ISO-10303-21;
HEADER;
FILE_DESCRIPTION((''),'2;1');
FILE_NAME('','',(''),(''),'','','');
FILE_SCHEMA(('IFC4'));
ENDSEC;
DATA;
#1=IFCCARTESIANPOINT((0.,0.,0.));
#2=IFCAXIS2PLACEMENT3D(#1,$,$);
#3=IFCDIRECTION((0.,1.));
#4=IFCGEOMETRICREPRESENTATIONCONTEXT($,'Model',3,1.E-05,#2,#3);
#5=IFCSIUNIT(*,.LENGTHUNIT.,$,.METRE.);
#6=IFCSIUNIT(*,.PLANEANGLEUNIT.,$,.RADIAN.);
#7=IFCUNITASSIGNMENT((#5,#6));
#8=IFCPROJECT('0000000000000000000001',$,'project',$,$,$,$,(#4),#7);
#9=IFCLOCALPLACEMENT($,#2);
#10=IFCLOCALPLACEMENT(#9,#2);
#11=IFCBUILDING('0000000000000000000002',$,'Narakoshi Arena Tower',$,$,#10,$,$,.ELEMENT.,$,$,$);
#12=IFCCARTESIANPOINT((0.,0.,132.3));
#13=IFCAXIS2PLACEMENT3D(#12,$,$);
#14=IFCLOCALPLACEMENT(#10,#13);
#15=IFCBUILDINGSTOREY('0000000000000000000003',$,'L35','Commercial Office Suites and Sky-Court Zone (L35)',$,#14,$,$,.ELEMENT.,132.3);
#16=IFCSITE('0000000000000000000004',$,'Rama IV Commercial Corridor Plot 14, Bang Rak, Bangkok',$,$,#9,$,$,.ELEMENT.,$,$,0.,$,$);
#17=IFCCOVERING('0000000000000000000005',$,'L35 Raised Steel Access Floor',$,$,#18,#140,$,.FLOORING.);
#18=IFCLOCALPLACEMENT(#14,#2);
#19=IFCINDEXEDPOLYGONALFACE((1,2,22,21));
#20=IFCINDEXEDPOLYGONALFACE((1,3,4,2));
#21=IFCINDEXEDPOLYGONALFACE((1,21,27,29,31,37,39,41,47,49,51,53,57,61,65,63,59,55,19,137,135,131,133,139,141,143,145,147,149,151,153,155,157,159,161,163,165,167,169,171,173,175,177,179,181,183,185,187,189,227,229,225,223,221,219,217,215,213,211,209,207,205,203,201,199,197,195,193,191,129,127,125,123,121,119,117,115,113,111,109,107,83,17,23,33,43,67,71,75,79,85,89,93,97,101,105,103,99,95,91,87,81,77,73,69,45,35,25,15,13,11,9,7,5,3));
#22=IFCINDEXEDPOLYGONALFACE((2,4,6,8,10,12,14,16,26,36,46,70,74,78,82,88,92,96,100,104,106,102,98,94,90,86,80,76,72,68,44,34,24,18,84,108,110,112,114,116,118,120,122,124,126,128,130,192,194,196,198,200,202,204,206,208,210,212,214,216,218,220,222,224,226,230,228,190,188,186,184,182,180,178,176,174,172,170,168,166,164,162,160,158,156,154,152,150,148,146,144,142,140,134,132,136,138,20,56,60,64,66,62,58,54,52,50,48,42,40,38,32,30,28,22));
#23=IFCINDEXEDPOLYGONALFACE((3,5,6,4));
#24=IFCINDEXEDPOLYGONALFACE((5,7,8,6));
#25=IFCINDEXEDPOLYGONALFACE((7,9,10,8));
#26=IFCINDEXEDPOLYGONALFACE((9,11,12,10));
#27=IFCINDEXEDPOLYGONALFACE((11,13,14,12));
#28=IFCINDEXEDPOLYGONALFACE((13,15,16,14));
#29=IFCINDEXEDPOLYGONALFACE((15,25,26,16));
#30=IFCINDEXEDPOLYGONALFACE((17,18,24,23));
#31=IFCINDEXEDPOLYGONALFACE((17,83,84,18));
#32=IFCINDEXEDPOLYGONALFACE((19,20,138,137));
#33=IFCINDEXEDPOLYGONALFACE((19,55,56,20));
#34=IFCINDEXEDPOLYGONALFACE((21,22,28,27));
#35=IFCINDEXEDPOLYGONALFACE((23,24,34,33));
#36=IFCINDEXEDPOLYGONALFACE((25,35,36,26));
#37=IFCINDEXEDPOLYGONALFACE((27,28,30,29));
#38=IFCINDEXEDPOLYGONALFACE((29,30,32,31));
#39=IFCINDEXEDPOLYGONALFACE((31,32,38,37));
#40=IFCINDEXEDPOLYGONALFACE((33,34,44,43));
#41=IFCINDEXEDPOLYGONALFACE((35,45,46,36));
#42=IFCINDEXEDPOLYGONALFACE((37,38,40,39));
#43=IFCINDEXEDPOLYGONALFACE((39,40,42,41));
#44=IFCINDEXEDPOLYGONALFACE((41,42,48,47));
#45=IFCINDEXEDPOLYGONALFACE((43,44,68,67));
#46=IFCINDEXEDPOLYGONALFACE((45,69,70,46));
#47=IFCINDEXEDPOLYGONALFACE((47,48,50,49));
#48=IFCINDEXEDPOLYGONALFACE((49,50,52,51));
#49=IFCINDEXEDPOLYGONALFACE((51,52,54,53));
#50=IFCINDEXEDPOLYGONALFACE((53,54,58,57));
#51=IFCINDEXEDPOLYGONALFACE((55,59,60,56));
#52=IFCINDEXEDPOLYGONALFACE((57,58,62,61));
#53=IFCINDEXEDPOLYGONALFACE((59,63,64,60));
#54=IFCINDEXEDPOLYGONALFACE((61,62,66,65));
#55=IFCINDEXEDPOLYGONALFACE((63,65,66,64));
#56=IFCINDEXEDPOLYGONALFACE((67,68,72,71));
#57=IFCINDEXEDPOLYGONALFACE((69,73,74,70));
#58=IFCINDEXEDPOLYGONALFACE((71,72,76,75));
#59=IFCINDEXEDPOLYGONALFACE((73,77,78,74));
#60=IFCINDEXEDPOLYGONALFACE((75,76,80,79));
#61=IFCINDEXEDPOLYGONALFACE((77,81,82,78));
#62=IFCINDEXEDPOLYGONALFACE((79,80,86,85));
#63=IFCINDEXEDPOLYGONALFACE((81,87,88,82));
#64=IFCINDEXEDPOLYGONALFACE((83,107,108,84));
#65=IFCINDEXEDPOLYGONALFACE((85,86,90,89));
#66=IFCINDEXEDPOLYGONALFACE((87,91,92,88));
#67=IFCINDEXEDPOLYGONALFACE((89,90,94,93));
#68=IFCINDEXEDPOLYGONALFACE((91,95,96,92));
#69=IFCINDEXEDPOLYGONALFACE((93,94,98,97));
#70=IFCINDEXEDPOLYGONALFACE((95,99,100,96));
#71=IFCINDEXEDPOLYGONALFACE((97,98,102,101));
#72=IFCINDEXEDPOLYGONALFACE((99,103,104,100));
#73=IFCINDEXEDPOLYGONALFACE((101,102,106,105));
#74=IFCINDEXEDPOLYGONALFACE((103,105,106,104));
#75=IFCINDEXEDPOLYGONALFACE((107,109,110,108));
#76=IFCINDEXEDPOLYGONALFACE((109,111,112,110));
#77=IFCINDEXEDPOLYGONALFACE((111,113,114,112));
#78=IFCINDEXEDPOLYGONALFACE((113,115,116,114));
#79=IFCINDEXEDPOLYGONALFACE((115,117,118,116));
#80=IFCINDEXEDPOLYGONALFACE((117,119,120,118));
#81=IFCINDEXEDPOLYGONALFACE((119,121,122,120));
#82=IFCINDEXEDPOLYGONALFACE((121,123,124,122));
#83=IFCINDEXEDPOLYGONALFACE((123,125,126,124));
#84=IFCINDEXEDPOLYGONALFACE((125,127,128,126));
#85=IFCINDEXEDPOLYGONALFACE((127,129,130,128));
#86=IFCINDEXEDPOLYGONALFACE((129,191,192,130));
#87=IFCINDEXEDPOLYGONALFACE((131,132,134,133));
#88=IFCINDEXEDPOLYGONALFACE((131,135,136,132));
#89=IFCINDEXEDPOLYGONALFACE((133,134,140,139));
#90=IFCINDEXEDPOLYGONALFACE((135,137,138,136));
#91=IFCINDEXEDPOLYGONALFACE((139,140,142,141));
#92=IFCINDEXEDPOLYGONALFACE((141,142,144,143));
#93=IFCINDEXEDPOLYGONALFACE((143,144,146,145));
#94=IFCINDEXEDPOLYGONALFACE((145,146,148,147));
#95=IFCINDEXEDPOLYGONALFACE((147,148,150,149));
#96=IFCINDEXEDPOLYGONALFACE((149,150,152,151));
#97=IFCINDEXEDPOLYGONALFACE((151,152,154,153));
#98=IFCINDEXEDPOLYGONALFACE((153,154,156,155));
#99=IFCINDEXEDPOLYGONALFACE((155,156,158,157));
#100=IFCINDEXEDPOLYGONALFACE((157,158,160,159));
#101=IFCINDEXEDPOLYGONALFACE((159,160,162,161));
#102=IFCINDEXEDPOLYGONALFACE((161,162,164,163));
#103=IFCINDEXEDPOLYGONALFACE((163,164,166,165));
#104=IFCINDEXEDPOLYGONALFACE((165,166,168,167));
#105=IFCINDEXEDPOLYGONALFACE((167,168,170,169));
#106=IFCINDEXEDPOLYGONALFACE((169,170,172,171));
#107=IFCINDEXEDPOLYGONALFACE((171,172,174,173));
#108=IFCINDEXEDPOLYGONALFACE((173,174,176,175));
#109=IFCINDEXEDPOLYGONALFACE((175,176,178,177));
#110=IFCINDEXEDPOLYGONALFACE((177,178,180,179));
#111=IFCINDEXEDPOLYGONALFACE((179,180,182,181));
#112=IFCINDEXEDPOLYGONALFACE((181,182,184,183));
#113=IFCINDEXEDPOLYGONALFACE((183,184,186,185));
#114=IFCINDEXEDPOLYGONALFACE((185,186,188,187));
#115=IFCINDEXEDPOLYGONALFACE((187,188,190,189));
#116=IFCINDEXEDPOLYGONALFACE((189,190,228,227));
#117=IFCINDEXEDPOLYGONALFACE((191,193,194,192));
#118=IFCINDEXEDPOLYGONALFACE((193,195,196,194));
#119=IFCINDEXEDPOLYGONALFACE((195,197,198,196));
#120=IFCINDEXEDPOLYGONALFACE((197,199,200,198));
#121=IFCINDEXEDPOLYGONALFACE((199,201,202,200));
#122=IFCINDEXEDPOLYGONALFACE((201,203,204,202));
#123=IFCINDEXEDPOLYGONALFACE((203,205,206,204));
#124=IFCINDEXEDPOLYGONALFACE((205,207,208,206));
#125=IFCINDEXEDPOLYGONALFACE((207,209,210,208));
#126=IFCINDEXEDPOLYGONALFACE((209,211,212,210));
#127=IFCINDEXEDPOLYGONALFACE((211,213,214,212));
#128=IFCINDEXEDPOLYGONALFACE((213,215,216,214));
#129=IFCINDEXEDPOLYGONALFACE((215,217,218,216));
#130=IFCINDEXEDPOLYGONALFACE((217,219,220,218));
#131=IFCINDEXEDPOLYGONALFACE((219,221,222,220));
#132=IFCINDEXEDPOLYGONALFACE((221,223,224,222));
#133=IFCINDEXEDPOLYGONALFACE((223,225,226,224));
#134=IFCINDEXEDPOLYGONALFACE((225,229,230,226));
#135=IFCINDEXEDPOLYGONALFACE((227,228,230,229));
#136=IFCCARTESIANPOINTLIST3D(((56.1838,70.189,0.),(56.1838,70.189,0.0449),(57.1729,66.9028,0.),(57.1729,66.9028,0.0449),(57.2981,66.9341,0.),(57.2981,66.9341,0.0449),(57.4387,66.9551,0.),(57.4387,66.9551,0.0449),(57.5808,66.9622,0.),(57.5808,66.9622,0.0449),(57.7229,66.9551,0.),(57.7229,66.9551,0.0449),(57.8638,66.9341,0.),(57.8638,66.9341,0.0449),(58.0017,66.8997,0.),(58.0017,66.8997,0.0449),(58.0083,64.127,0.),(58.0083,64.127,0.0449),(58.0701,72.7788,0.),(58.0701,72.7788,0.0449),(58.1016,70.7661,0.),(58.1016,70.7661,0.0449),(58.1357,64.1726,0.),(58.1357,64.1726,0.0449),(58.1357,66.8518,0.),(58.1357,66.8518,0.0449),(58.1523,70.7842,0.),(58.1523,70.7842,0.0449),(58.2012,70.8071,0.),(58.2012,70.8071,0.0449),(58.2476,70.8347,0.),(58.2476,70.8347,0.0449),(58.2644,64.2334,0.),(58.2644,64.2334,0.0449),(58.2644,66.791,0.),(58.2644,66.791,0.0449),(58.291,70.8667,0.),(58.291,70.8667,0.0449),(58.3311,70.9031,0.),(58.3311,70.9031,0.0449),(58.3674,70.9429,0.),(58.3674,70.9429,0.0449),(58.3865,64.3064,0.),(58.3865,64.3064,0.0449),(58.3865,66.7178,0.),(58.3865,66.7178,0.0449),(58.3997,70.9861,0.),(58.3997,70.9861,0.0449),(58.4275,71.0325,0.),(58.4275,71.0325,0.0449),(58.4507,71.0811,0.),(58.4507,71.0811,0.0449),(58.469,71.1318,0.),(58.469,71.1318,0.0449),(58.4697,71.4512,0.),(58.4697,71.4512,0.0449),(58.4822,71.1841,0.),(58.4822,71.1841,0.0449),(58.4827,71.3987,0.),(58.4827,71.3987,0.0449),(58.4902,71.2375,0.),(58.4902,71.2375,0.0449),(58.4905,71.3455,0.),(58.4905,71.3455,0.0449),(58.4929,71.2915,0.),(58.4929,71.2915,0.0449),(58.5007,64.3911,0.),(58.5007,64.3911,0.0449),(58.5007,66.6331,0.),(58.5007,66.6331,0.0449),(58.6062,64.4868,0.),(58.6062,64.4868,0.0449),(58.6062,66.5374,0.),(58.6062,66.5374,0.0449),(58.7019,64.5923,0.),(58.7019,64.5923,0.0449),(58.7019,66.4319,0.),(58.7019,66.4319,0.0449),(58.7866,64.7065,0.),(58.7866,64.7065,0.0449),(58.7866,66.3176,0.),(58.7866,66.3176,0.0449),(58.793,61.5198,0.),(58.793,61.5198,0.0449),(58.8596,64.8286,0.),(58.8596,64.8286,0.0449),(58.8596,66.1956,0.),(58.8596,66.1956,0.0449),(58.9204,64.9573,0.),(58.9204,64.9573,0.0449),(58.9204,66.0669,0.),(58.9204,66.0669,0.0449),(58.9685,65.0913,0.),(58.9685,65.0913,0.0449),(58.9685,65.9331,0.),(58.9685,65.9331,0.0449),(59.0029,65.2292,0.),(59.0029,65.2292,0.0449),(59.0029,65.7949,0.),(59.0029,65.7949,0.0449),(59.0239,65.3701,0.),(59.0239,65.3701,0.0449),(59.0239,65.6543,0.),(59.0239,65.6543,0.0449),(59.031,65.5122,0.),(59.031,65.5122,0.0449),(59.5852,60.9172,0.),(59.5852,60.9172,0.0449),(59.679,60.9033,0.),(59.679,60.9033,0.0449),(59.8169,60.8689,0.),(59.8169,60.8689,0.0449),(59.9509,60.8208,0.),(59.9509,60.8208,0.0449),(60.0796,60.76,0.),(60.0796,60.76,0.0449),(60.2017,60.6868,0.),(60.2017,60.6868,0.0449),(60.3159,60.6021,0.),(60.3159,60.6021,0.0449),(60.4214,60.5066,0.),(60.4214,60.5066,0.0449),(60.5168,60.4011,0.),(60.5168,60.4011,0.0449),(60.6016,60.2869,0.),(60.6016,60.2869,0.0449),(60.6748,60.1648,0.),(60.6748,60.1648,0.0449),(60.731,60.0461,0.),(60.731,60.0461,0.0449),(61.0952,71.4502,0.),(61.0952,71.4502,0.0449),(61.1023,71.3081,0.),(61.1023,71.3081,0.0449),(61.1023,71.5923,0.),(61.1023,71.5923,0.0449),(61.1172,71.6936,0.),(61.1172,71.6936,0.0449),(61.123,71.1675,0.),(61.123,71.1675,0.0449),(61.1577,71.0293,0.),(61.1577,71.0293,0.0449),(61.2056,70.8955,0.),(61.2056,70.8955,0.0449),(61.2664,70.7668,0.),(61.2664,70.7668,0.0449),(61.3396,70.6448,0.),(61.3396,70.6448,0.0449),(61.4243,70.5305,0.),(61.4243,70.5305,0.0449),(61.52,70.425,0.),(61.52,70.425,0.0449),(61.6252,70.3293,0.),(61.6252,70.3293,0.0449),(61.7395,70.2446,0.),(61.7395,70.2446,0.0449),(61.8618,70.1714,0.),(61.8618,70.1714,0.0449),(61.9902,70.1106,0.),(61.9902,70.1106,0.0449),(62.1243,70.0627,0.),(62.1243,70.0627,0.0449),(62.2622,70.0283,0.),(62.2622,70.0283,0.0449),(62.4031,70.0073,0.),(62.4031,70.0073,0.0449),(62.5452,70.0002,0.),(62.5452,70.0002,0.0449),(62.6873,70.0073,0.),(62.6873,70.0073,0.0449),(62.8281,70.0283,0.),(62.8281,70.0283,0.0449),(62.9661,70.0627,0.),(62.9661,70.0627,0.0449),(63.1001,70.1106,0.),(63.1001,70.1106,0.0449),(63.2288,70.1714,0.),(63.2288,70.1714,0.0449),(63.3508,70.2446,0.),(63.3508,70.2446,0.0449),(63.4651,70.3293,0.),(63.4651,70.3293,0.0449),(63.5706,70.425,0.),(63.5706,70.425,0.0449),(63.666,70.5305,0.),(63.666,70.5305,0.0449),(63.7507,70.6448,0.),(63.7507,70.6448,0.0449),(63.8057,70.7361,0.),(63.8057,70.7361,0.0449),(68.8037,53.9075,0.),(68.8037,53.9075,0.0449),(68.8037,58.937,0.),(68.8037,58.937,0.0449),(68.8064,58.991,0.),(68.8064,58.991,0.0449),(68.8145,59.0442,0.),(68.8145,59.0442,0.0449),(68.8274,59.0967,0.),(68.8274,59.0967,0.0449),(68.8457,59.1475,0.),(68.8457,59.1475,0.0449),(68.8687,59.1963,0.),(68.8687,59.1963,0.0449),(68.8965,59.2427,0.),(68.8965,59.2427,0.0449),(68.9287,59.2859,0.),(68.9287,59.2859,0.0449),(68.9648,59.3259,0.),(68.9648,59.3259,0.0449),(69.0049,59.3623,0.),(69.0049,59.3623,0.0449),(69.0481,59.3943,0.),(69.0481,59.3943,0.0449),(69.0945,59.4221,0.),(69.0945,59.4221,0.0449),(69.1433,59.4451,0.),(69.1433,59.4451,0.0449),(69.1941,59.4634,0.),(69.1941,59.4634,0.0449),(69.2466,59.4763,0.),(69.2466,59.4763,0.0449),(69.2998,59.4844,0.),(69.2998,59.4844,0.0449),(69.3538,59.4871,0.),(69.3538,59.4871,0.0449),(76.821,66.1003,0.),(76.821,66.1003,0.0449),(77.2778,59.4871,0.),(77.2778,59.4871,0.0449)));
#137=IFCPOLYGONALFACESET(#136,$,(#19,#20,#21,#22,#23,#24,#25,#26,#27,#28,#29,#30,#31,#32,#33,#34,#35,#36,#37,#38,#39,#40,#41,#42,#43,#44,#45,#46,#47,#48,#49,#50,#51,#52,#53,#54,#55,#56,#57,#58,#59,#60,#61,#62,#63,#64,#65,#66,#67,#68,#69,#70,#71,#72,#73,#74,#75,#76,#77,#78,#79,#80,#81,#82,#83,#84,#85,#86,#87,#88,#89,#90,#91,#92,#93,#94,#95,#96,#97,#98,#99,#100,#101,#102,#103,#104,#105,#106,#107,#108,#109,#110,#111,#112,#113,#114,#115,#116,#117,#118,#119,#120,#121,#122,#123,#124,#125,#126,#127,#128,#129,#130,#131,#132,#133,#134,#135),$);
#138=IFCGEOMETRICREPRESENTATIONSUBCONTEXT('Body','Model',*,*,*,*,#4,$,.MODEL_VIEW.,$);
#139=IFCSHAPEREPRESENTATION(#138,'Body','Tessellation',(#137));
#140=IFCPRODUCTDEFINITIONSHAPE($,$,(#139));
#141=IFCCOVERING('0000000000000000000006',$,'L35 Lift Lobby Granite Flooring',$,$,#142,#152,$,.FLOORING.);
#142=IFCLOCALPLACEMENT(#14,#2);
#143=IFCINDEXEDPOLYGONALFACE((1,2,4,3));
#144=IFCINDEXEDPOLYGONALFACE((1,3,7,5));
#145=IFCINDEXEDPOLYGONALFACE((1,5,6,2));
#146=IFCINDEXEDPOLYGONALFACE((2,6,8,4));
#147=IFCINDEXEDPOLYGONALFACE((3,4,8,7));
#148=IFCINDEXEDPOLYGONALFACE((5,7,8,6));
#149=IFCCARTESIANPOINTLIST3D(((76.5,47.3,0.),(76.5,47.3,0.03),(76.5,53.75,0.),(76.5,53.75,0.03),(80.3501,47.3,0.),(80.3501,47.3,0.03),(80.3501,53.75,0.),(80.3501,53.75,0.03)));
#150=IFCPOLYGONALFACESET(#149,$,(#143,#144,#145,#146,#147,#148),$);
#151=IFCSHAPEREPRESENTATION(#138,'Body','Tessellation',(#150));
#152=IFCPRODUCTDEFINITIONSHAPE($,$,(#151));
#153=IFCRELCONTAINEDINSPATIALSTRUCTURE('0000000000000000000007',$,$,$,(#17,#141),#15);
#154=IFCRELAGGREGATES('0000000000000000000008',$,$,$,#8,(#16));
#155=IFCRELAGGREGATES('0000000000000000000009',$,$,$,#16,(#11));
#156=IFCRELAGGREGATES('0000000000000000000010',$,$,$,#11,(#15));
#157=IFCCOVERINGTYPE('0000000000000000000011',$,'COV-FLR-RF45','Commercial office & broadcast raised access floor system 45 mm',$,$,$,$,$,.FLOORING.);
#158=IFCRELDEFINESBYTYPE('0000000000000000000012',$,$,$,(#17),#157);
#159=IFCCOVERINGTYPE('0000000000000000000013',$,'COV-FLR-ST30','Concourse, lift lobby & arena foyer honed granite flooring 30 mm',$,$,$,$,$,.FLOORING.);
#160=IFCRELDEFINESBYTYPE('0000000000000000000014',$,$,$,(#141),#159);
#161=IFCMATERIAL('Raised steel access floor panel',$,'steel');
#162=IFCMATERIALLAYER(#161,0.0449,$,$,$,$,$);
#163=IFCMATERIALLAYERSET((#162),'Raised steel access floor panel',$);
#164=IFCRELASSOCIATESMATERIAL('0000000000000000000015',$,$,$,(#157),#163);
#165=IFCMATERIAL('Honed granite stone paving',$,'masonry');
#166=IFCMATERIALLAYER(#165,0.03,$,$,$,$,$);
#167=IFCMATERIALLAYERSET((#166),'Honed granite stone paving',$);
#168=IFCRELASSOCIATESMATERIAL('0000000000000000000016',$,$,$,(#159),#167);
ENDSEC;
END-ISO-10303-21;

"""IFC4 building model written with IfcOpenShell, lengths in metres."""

from ifc_helpers import new_model, si_unit, direction, frame, origin, place, context, subcontext, project, spatial, polyline, outline, extrude, material, layer, layer_set, type_object, element, save


model = new_model("IFC4")

# Units and contexts
model_context = context("Model", 3, precision=1e-05, world=origin(), true_north=direction((0.0, 1.0)))
body_context = subcontext(model_context, "Body", "Model", "MODEL_VIEW")
ifc_project = project(units=[si_unit("LENGTHUNIT", "METRE"), si_unit("PLANEANGLEUNIT", "RADIAN")], contexts=[model_context])

# Site, building, storey
site_placement = place(None, origin())
site = spatial("IfcSite", under=ifc_project, at=site_placement, Name="Rama IV Commercial Corridor Plot 14, Bang Rak, Bangkok", CompositionType="ELEMENT", RefElevation=0.0)
building_placement = place(site_placement, origin())
building = spatial("IfcBuilding", under=site, at=building_placement, Name="Narakoshi Arena Tower", CompositionType="ELEMENT")
storey_placement = place(building_placement, frame((0.0, 0.0, 132.3)))
storey = spatial("IfcBuildingStorey", under=building, at=storey_placement, Name="L35", Description="Commercial Office Suites and Sky-Court Zone (L35)", CompositionType="ELEMENT", Elevation=132.3)

# Coverings
ifc_material_1 = material(Name="Raised steel access floor panel", Category="steel")
ifc_layer_1 = layer(ifc_material_1, 0.0449)
ifc_layer_set_1 = layer_set([ifc_layer_1], Name="Raised steel access floor panel")
covering_type_1 = type_object("IfcCoveringType", Name="COV-FLR-RF45", Description="Commercial office & broadcast raised access floor system 45 mm", PredefinedType="FLOORING", material=ifc_layer_set_1)
covering_1_placement = place(storey_placement, origin())
element("IfcCovering", 1, at=covering_1_placement, inside=storey, type_object=covering_type_1, Name="L35 Raised Steel Access Floor", PredefinedType="FLOORING", context=body_context, shape_type="SweptSolid", body=[
    extrude(outline(polyline([(58.1016, 70.7661), (58.1523, 70.7842), (58.2012, 70.8071), (58.2476, 70.8347), (58.291, 70.8667), (58.3311, 70.9031), (58.3674, 70.9429), (58.3997, 70.9861), (58.4275, 71.0325), (58.4507, 71.0811), (58.469, 71.1318), (58.4822, 71.1841), (58.4902, 71.2375), (58.4929, 71.2915), (58.4905, 71.3455), (58.4827, 71.3987), (58.4697, 71.4512), (58.0701, 72.7788), (61.1172, 71.6936), (61.1023, 71.5923), (61.0952, 71.4502), (61.1023, 71.3081), (61.123, 71.1675), (61.1577, 71.0293), (61.2056, 70.8955), (61.2664, 70.7668), (61.3396, 70.6448), (61.4243, 70.5305), (61.52, 70.425), (61.6252, 70.3293), (61.7395, 70.2446), (61.8618, 70.1714), (61.9902, 70.1106), (62.1243, 70.0627), (62.2622, 70.0283), (62.4031, 70.0073), (62.5452, 70.0002), (62.6873, 70.0073), (62.8281, 70.0283), (62.9661, 70.0627), (63.1001, 70.1106), (63.2288, 70.1714), (63.3508, 70.2446), (63.4651, 70.3293), (63.5706, 70.425), (63.666, 70.5305), (63.7507, 70.6448), (63.8057, 70.7361), (76.821, 66.1003), (77.2778, 59.4871), (69.3538, 59.4871), (69.2998, 59.4844), (69.2466, 59.4763), (69.1941, 59.4634), (69.1433, 59.4451), (69.0945, 59.4221), (69.0481, 59.3943), (69.0049, 59.3623), (68.9648, 59.3259), (68.9287, 59.2859), (68.8965, 59.2427), (68.8687, 59.1963), (68.8457, 59.1475), (68.8274, 59.0967), (68.8145, 59.0442), (68.8064, 58.991), (68.8037, 58.937), (68.8037, 53.9075), (60.731, 60.0461), (60.6748, 60.1648), (60.6016, 60.2869), (60.5168, 60.4011), (60.4214, 60.5066), (60.3159, 60.6021), (60.2017, 60.6868), (60.0796, 60.76), (59.9509, 60.8208), (59.8169, 60.8689), (59.679, 60.9033), (59.5852, 60.9172), (58.793, 61.5198), (58.0083, 64.127), (58.1357, 64.1726), (58.2644, 64.2334), (58.3865, 64.3064), (58.5007, 64.3911), (58.6062, 64.4868), (58.7019, 64.5923), (58.7866, 64.7065), (58.8596, 64.8286), (58.9204, 64.9573), (58.9685, 65.0913), (59.0029, 65.2292), (59.0239, 65.3701), (59.031, 65.5122), (59.0239, 65.6543), (59.0029, 65.7949), (58.9685, 65.9331), (58.9204, 66.0669), (58.8596, 66.1956), (58.7866, 66.3176), (58.7019, 66.4319), (58.6062, 66.5374), (58.5007, 66.6331), (58.3865, 66.7178), (58.2644, 66.791), (58.1357, 66.8518), (58.0017, 66.8997), (57.8638, 66.9341), (57.7229, 66.9551), (57.5808, 66.9622), (57.4387, 66.9551), (57.2981, 66.9341), (57.1729, 66.9028), (56.1838, 70.189), (58.1016, 70.7661)])), origin(), (0.0, 0.0, 1.0), 0.0449),
])
ifc_material_2 = material(Name="Honed granite stone paving", Category="masonry")
ifc_layer_2 = layer(ifc_material_2, 0.03)
ifc_layer_set_2 = layer_set([ifc_layer_2], Name="Honed granite stone paving")
covering_type_2 = type_object("IfcCoveringType", Name="COV-FLR-ST30", Description="Concourse, lift lobby & arena foyer honed granite flooring 30 mm", PredefinedType="FLOORING", material=ifc_layer_set_2)
covering_2_placement = place(storey_placement, origin())
element("IfcCovering", 2, at=covering_2_placement, inside=storey, type_object=covering_type_2, Name="L35 Lift Lobby Granite Flooring", PredefinedType="FLOORING", context=body_context, shape_type="SweptSolid", body=[
    extrude(outline(polyline([(76.5, 47.3), (80.3501, 47.3), (80.3501, 53.75), (76.5, 53.75), (76.5, 47.3)])), origin(), (0.0, 0.0, 1.0), 0.03),
])

save(model, "model.ifc")
